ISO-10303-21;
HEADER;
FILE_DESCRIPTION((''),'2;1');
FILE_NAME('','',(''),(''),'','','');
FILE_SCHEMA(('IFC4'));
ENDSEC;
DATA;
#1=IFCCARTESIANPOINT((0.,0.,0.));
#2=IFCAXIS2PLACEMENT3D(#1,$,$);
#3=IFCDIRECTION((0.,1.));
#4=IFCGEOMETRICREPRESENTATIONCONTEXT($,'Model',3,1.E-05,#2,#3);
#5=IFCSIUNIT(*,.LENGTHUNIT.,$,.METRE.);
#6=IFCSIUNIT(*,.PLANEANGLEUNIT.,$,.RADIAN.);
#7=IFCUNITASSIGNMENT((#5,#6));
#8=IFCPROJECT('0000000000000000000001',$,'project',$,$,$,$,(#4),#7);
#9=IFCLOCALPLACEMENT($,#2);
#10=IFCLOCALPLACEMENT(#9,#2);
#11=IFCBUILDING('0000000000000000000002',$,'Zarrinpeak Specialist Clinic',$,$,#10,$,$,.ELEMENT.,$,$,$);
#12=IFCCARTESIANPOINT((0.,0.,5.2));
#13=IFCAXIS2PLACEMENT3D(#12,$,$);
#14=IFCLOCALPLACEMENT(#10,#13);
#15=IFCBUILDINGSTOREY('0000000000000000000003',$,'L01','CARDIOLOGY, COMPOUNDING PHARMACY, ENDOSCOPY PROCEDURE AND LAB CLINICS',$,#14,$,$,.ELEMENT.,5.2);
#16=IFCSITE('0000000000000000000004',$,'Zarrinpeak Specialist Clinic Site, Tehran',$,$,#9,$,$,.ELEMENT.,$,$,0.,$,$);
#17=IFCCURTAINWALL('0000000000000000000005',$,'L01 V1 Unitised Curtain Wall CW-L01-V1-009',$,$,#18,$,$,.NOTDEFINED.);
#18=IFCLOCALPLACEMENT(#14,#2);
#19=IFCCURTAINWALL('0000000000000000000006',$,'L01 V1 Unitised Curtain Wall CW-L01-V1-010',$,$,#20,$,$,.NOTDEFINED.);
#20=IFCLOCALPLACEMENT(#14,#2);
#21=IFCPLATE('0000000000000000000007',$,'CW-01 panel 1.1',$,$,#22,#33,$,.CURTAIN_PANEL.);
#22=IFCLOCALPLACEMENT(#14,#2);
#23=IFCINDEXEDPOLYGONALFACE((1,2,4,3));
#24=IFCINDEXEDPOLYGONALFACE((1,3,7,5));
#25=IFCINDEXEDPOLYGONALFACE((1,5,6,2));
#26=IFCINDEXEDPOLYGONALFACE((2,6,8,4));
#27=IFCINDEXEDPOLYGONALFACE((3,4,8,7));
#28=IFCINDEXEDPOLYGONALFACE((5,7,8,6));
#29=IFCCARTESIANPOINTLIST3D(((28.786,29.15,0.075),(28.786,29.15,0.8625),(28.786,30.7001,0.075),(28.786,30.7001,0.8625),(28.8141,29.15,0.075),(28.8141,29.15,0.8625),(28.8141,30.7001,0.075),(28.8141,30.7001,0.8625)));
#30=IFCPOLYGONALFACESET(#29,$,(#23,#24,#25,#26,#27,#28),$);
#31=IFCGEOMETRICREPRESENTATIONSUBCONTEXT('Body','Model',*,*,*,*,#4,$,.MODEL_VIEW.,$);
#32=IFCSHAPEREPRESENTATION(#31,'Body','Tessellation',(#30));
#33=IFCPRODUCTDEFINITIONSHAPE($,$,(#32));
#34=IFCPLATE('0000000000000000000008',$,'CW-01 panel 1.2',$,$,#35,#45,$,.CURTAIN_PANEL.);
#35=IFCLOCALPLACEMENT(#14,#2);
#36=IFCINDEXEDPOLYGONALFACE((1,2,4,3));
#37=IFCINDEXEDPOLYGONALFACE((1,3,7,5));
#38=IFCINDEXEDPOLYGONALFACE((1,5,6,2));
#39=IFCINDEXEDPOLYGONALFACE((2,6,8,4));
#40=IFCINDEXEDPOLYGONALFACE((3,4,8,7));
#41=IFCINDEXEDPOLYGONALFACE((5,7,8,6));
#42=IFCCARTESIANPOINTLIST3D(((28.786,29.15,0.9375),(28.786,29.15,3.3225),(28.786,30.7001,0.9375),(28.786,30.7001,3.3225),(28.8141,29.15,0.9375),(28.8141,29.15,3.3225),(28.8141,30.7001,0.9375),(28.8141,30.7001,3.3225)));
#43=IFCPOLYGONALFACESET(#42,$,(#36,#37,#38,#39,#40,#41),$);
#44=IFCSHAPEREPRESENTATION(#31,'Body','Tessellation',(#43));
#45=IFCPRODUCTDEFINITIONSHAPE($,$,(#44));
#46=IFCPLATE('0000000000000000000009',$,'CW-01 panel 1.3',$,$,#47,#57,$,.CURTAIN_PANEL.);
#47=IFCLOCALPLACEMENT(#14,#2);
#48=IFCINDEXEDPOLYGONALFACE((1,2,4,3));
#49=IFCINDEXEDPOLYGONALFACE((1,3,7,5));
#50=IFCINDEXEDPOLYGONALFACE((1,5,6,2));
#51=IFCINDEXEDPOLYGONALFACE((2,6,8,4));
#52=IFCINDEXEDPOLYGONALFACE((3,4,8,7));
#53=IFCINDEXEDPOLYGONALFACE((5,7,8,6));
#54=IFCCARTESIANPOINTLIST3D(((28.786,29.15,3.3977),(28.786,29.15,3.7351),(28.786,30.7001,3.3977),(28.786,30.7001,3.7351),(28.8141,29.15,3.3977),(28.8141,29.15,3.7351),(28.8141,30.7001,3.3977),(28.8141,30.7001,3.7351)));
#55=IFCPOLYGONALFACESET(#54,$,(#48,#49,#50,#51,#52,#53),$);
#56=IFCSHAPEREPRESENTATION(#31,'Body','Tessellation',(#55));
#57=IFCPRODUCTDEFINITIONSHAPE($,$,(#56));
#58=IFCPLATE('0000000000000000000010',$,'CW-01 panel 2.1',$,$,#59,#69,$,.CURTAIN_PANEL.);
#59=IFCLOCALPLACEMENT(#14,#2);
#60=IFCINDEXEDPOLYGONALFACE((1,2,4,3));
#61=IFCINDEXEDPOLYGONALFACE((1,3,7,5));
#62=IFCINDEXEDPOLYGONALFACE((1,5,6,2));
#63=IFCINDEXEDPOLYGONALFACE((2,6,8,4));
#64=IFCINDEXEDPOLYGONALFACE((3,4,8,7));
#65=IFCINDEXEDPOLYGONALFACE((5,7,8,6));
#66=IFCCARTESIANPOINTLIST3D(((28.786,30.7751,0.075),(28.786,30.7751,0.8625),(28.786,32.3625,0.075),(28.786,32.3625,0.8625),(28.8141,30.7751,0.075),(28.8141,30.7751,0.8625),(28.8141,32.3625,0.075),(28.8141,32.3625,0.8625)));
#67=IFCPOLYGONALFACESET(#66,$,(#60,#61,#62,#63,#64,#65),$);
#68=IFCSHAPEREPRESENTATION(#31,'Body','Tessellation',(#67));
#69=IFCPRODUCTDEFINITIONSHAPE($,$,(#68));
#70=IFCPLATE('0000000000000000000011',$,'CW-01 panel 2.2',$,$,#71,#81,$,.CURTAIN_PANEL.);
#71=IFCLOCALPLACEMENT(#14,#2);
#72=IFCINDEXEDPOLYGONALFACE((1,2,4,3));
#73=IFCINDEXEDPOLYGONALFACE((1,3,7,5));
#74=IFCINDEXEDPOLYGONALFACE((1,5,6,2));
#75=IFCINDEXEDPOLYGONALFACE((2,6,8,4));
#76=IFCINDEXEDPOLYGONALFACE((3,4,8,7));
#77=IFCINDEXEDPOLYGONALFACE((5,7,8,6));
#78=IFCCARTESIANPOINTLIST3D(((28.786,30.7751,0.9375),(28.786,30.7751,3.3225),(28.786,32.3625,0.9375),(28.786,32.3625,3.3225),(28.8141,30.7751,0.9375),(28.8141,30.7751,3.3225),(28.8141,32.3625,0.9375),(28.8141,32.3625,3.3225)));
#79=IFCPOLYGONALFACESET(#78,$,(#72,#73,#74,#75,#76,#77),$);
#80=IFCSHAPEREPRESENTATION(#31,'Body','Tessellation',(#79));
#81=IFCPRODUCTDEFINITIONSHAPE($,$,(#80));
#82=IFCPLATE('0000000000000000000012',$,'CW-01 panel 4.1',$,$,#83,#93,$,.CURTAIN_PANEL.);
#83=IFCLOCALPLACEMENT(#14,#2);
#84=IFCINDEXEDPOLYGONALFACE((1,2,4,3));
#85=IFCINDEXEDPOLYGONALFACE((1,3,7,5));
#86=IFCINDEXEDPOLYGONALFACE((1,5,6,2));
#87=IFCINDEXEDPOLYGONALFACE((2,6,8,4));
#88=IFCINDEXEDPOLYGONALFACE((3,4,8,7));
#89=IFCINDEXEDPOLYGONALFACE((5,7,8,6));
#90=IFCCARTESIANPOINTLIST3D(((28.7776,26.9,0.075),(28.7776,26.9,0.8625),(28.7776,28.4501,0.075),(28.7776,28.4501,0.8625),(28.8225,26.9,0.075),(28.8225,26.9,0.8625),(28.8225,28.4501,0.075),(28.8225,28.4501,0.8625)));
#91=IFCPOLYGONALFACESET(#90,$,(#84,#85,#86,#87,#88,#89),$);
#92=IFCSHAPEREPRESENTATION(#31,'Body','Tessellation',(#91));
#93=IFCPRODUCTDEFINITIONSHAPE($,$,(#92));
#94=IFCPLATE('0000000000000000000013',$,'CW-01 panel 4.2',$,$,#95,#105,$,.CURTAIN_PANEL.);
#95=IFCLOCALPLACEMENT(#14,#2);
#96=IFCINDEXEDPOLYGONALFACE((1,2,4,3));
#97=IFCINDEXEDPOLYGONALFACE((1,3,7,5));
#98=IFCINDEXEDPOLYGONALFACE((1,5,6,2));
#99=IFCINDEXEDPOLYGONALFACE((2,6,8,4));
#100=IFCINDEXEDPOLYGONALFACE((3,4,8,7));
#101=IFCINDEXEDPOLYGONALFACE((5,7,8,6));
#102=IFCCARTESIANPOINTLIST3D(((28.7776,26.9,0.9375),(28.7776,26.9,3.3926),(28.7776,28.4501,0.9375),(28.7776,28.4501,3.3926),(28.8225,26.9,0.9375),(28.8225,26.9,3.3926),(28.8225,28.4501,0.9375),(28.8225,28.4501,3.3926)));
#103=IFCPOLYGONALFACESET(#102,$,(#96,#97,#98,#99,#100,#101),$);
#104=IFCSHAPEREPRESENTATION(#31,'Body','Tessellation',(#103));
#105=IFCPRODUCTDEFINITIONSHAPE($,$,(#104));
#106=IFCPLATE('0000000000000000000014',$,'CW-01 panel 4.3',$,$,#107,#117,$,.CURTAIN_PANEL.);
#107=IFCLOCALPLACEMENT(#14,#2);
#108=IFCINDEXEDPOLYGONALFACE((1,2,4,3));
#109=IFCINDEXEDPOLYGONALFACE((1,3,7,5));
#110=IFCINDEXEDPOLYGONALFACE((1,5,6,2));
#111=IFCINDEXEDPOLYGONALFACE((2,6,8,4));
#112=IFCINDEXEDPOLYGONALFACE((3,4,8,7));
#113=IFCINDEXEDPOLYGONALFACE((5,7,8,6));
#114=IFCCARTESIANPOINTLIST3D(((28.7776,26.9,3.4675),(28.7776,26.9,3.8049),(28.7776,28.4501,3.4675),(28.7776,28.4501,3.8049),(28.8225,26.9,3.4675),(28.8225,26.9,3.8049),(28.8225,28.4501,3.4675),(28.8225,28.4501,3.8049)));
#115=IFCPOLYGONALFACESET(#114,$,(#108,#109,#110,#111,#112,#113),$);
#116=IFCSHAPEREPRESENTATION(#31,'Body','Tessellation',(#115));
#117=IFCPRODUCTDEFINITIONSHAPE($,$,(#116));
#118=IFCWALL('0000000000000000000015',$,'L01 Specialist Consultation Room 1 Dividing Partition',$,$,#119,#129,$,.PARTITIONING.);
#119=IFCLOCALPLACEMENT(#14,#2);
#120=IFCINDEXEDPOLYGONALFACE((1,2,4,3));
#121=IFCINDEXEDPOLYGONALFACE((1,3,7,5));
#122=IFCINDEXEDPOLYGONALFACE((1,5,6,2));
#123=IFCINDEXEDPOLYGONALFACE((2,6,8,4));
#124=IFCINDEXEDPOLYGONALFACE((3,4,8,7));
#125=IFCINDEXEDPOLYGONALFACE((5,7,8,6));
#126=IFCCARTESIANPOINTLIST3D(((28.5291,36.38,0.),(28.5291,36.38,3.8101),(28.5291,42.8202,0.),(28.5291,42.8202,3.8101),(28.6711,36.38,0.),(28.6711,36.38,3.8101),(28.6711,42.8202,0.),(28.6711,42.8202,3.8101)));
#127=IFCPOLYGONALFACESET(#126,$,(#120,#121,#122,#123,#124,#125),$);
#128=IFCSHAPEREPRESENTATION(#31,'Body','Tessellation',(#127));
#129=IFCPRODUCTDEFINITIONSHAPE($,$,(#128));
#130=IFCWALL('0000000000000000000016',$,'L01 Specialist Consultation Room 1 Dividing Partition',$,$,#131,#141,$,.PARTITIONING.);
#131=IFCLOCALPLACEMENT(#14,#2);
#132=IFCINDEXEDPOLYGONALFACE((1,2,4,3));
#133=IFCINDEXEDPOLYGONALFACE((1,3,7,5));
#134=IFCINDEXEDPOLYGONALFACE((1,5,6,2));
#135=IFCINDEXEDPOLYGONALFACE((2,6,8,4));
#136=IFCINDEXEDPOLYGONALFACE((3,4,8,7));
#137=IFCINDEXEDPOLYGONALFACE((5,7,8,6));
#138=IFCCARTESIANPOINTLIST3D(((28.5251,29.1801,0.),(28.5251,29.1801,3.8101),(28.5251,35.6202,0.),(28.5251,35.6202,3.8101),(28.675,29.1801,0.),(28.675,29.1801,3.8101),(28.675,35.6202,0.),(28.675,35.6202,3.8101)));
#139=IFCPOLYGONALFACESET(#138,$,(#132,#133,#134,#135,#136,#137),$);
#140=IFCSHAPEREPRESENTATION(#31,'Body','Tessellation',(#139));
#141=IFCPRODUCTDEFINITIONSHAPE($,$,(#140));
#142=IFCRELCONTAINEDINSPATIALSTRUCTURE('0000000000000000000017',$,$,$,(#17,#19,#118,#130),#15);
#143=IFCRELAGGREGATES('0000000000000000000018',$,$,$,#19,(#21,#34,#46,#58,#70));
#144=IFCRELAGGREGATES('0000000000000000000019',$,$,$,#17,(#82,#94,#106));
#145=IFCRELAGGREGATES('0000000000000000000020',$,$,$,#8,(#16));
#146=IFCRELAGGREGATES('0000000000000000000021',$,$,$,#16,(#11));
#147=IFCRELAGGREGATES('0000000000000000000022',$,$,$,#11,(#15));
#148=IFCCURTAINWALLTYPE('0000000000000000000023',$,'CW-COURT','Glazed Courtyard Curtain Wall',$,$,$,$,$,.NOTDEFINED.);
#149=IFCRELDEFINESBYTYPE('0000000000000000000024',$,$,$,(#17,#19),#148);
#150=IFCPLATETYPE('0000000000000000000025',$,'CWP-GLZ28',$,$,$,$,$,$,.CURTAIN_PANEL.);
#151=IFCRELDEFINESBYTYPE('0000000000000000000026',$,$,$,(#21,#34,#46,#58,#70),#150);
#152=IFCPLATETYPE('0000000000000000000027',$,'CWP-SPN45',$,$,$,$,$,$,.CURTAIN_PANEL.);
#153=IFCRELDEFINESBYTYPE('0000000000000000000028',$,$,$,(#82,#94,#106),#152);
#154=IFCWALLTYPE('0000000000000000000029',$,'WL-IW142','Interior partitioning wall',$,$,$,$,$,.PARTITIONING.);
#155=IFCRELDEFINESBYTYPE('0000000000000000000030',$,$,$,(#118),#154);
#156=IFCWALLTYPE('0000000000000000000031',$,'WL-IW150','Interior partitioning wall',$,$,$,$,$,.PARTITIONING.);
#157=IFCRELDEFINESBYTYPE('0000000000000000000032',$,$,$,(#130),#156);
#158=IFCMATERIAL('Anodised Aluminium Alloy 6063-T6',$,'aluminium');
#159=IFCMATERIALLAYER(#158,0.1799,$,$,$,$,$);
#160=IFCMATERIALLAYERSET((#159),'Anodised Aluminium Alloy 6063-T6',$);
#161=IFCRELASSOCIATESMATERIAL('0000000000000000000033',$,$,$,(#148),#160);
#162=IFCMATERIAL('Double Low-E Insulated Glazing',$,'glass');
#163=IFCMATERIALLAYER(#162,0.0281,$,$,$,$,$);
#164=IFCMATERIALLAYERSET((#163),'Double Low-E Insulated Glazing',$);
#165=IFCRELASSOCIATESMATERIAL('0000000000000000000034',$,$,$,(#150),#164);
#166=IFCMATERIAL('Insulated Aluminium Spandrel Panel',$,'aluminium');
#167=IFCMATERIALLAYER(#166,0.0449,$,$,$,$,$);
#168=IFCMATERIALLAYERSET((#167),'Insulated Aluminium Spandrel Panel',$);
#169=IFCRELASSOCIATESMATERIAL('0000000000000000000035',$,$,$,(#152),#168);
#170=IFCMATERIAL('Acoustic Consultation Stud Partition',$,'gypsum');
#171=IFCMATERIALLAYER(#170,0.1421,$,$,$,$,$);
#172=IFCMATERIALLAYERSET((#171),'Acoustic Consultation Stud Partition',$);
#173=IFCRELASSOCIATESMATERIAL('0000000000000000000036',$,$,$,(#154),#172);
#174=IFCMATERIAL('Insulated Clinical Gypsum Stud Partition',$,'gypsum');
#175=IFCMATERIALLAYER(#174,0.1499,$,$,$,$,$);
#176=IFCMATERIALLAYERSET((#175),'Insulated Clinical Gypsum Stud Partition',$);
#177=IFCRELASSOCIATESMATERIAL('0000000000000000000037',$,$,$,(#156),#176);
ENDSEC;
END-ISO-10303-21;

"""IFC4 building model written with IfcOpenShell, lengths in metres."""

from ifc_helpers import new_model, si_unit, direction, frame, frame_2d, origin, origin_2d, place, context, subcontext, project, spatial, rectangle, extrude, material, layer, layer_set, type_object, element, aggregate, save


model = new_model("IFC4")

# Units and contexts
model_context = context("Model", 3, precision=1e-05, world=origin(), true_north=direction((0.0, 1.0)))
body_context = subcontext(model_context, "Body", "Model", "MODEL_VIEW")
ifc_project = project(units=[si_unit("LENGTHUNIT", "METRE"), si_unit("PLANEANGLEUNIT", "RADIAN")], contexts=[model_context])

# Site, building, storey
site_placement = place(None, origin())
site = spatial("IfcSite", under=ifc_project, at=site_placement, Name="Zarrinpeak Specialist Clinic Site, Tehran", CompositionType="ELEMENT", RefElevation=0.0)
building_placement = place(site_placement, origin())
building = spatial("IfcBuilding", under=site, at=building_placement, Name="Zarrinpeak Specialist Clinic", CompositionType="ELEMENT")
storey_placement = place(building_placement, frame((0.0, 0.0, 5.2)))
storey = spatial("IfcBuildingStorey", under=building, at=storey_placement, Name="L01", Description="CARDIOLOGY, COMPOUNDING PHARMACY, ENDOSCOPY PROCEDURE AND LAB CLINICS", CompositionType="ELEMENT", Elevation=5.2)

# Curtain wall
ifc_material_1 = material(Name="Anodised Aluminium Alloy 6063-T6", Category="aluminium")
ifc_layer_1 = layer(ifc_material_1, 0.1799)
ifc_layer_set_1 = layer_set([ifc_layer_1], Name="Anodised Aluminium Alloy 6063-T6")
curtain_wall_type = type_object("IfcCurtainWallType", Name="CW-COURT", Description="Glazed Courtyard Curtain Wall", PredefinedType="NOTDEFINED", material=ifc_layer_set_1)
curtain_wall_1_placement = place(storey_placement, origin())
curtain_wall_1 = element("IfcCurtainWall", 1, at=curtain_wall_1_placement, inside=storey, type_object=curtain_wall_type, Name="L01 V1 Unitised Curtain Wall CW-L01-V1-009", PredefinedType="NOTDEFINED")

# Curtain wall
curtain_wall_2_placement = place(storey_placement, origin())
curtain_wall_2 = element("IfcCurtainWall", 2, at=curtain_wall_2_placement, inside=storey, type_object=curtain_wall_type, Name="L01 V1 Unitised Curtain Wall CW-L01-V1-010", PredefinedType="NOTDEFINED")

# Plates
ifc_material_2 = material(Name="Double Low-E Insulated Glazing", Category="glass")
ifc_layer_2 = layer(ifc_material_2, 0.0281)
ifc_layer_set_2 = layer_set([ifc_layer_2], Name="Double Low-E Insulated Glazing")
plate_type_1 = type_object("IfcPlateType", Name="CWP-GLZ28", PredefinedType="CURTAIN_PANEL", material=ifc_layer_set_2)
plate_1_placement = place(storey_placement, frame((28.8, 29.925, 0.075), z_axis=(0.0, 0.0, 1.0), x_axis=(0.0, 1.0, 0.0)))
plate_1 = element("IfcPlate", 3, at=plate_1_placement, type_object=plate_type_1, Name="CW-01 panel 1.1", PredefinedType="CURTAIN_PANEL", context=body_context, shape_type="SweptSolid", body=[
    extrude(rectangle(XDim=1.55, YDim=0.0281, at=origin_2d()), origin(), (0.0, 0.0, 1.0), 0.7876),
])
plate_2_placement = place(storey_placement, frame((28.8, 29.925, 0.9375), z_axis=(0.0, 0.0, 1.0), x_axis=(0.0, 1.0, 0.0)))
plate_2 = element("IfcPlate", 4, at=plate_2_placement, type_object=plate_type_1, Name="CW-01 panel 1.2", PredefinedType="CURTAIN_PANEL", context=body_context, shape_type="SweptSolid", body=[
    extrude(rectangle(XDim=1.55, YDim=0.0281, at=origin_2d()), origin(), (0.0, 0.0, 1.0), 2.385),
])
plate_3_placement = place(storey_placement, frame((28.8, 29.925, 3.3977), z_axis=(0.0, 0.0, 1.0), x_axis=(0.0, 1.0, 0.0)))
plate_3 = element("IfcPlate", 5, at=plate_3_placement, type_object=plate_type_1, Name="CW-01 panel 1.3", PredefinedType="CURTAIN_PANEL", context=body_context, shape_type="SweptSolid", body=[
    extrude(rectangle(XDim=1.55, YDim=0.0281, at=origin_2d()), origin(), (0.0, 0.0, 1.0), 0.3374),
])
plate_4_placement = place(storey_placement, frame((28.8, 31.5688, 0.075), z_axis=(0.0, 0.0, 1.0), x_axis=(0.0, 1.0, 0.0)))
plate_4 = element("IfcPlate", 6, at=plate_4_placement, type_object=plate_type_1, Name="CW-01 panel 2.1", PredefinedType="CURTAIN_PANEL", context=body_context, shape_type="SweptSolid", body=[
    extrude(rectangle(XDim=1.5874, YDim=0.0281, at=origin_2d()), origin(), (0.0, 0.0, 1.0), 0.7876),
])
plate_5_placement = place(storey_placement, frame((28.8, 31.5688, 0.9375), z_axis=(0.0, 0.0, 1.0), x_axis=(0.0, 1.0, 0.0)))
plate_5 = element("IfcPlate", 7, at=plate_5_placement, type_object=plate_type_1, Name="CW-01 panel 2.2", PredefinedType="CURTAIN_PANEL", context=body_context, shape_type="SweptSolid", body=[
    extrude(rectangle(XDim=1.5874, YDim=0.0281, at=origin_2d()), origin(), (0.0, 0.0, 1.0), 2.385),
])
aggregate(curtain_wall_2, [plate_1, plate_2, plate_3, plate_4, plate_5])
ifc_material_3 = material(Name="Insulated Aluminium Spandrel Panel", Category="aluminium")
ifc_layer_3 = layer(ifc_material_3, 0.0449)
ifc_layer_set_3 = layer_set([ifc_layer_3], Name="Insulated Aluminium Spandrel Panel")
plate_type_2 = type_object("IfcPlateType", Name="CWP-SPN45", PredefinedType="CURTAIN_PANEL", material=ifc_layer_set_3)
plate_6_placement = place(storey_placement, frame((28.8, 27.675, 0.075), z_axis=(0.0, 0.0, 1.0), x_axis=(0.0, 1.0, 0.0)))
plate_6 = element("IfcPlate", 8, at=plate_6_placement, type_object=plate_type_2, Name="CW-01 panel 4.1", PredefinedType="CURTAIN_PANEL", context=body_context, shape_type="SweptSolid", body=[
    extrude(rectangle(XDim=1.55, YDim=0.0449, at=origin_2d()), origin(), (0.0, 0.0, 1.0), 0.7876),
])
plate_7_placement = place(storey_placement, frame((28.8, 27.675, 0.9375), z_axis=(0.0, 0.0, 1.0), x_axis=(0.0, 1.0, 0.0)))
plate_7 = element("IfcPlate", 9, at=plate_7_placement, type_object=plate_type_2, Name="CW-01 panel 4.2", PredefinedType="CURTAIN_PANEL", context=body_context, shape_type="SweptSolid", body=[
    extrude(rectangle(XDim=1.55, YDim=0.0449, at=origin_2d()), origin(), (0.0, 0.0, 1.0), 2.4551),
])
plate_8_placement = place(storey_placement, frame((28.8, 27.675, 3.4675), z_axis=(0.0, 0.0, 1.0), x_axis=(0.0, 1.0, 0.0)))
plate_8 = element("IfcPlate", 10, at=plate_8_placement, type_object=plate_type_2, Name="CW-01 panel 4.3", PredefinedType="CURTAIN_PANEL", context=body_context, shape_type="SweptSolid", body=[
    extrude(rectangle(XDim=1.55, YDim=0.0449, at=origin_2d()), origin(), (0.0, 0.0, 1.0), 0.3374),
])
aggregate(curtain_wall_1, [plate_6, plate_7, plate_8])

# Walls
ifc_material_4 = material(Name="Acoustic Consultation Stud Partition", Category="gypsum")
ifc_layer_4 = layer(ifc_material_4, 0.1421)
ifc_layer_set_4 = layer_set([ifc_layer_4], Name="Acoustic Consultation Stud Partition")
wall_type_1 = type_object("IfcWallType", Name="WL-IW142", Description="Interior partitioning wall", PredefinedType="PARTITIONING", material=ifc_layer_set_4)
wall_1_placement = place(storey_placement, frame((28.6001, 36.3799, 0.0), z_axis=(0.0, 0.0, 1.0), x_axis=(0.0, 1.0, 0.0)))
element("IfcWall", 11, at=wall_1_placement, inside=storey, type_object=wall_type_1, Name="L01 Specialist Consultation Room 1 Dividing Partition", PredefinedType="PARTITIONING", context=body_context, shape_type="SweptSolid", body=[
    extrude(rectangle(XDim=6.4402, YDim=0.1421, at=frame_2d((3.2202, 0.0))), origin(), (0.0, 0.0, 1.0), 3.8101),
])
ifc_material_5 = material(Name="Insulated Clinical Gypsum Stud Partition", Category="gypsum")
ifc_layer_5 = layer(ifc_material_5, 0.1499)
ifc_layer_set_5 = layer_set([ifc_layer_5], Name="Insulated Clinical Gypsum Stud Partition")
wall_type_2 = type_object("IfcWallType", Name="WL-IW150", Description="Interior partitioning wall", PredefinedType="PARTITIONING", material=ifc_layer_set_5)
wall_2_placement = place(storey_placement, frame((28.6001, 29.1799, 0.0), z_axis=(0.0, 0.0, 1.0), x_axis=(0.0, 1.0, 0.0)))
element("IfcWall", 12, at=wall_2_placement, inside=storey, type_object=wall_type_2, Name="L01 Specialist Consultation Room 1 Dividing Partition", PredefinedType="PARTITIONING", context=body_context, shape_type="SweptSolid", body=[
    extrude(rectangle(XDim=6.4402, YDim=0.1499, at=frame_2d((3.2202, 0.0))), origin(), (0.0, 0.0, 1.0), 3.8101),
])

save(model, "model.ifc")
